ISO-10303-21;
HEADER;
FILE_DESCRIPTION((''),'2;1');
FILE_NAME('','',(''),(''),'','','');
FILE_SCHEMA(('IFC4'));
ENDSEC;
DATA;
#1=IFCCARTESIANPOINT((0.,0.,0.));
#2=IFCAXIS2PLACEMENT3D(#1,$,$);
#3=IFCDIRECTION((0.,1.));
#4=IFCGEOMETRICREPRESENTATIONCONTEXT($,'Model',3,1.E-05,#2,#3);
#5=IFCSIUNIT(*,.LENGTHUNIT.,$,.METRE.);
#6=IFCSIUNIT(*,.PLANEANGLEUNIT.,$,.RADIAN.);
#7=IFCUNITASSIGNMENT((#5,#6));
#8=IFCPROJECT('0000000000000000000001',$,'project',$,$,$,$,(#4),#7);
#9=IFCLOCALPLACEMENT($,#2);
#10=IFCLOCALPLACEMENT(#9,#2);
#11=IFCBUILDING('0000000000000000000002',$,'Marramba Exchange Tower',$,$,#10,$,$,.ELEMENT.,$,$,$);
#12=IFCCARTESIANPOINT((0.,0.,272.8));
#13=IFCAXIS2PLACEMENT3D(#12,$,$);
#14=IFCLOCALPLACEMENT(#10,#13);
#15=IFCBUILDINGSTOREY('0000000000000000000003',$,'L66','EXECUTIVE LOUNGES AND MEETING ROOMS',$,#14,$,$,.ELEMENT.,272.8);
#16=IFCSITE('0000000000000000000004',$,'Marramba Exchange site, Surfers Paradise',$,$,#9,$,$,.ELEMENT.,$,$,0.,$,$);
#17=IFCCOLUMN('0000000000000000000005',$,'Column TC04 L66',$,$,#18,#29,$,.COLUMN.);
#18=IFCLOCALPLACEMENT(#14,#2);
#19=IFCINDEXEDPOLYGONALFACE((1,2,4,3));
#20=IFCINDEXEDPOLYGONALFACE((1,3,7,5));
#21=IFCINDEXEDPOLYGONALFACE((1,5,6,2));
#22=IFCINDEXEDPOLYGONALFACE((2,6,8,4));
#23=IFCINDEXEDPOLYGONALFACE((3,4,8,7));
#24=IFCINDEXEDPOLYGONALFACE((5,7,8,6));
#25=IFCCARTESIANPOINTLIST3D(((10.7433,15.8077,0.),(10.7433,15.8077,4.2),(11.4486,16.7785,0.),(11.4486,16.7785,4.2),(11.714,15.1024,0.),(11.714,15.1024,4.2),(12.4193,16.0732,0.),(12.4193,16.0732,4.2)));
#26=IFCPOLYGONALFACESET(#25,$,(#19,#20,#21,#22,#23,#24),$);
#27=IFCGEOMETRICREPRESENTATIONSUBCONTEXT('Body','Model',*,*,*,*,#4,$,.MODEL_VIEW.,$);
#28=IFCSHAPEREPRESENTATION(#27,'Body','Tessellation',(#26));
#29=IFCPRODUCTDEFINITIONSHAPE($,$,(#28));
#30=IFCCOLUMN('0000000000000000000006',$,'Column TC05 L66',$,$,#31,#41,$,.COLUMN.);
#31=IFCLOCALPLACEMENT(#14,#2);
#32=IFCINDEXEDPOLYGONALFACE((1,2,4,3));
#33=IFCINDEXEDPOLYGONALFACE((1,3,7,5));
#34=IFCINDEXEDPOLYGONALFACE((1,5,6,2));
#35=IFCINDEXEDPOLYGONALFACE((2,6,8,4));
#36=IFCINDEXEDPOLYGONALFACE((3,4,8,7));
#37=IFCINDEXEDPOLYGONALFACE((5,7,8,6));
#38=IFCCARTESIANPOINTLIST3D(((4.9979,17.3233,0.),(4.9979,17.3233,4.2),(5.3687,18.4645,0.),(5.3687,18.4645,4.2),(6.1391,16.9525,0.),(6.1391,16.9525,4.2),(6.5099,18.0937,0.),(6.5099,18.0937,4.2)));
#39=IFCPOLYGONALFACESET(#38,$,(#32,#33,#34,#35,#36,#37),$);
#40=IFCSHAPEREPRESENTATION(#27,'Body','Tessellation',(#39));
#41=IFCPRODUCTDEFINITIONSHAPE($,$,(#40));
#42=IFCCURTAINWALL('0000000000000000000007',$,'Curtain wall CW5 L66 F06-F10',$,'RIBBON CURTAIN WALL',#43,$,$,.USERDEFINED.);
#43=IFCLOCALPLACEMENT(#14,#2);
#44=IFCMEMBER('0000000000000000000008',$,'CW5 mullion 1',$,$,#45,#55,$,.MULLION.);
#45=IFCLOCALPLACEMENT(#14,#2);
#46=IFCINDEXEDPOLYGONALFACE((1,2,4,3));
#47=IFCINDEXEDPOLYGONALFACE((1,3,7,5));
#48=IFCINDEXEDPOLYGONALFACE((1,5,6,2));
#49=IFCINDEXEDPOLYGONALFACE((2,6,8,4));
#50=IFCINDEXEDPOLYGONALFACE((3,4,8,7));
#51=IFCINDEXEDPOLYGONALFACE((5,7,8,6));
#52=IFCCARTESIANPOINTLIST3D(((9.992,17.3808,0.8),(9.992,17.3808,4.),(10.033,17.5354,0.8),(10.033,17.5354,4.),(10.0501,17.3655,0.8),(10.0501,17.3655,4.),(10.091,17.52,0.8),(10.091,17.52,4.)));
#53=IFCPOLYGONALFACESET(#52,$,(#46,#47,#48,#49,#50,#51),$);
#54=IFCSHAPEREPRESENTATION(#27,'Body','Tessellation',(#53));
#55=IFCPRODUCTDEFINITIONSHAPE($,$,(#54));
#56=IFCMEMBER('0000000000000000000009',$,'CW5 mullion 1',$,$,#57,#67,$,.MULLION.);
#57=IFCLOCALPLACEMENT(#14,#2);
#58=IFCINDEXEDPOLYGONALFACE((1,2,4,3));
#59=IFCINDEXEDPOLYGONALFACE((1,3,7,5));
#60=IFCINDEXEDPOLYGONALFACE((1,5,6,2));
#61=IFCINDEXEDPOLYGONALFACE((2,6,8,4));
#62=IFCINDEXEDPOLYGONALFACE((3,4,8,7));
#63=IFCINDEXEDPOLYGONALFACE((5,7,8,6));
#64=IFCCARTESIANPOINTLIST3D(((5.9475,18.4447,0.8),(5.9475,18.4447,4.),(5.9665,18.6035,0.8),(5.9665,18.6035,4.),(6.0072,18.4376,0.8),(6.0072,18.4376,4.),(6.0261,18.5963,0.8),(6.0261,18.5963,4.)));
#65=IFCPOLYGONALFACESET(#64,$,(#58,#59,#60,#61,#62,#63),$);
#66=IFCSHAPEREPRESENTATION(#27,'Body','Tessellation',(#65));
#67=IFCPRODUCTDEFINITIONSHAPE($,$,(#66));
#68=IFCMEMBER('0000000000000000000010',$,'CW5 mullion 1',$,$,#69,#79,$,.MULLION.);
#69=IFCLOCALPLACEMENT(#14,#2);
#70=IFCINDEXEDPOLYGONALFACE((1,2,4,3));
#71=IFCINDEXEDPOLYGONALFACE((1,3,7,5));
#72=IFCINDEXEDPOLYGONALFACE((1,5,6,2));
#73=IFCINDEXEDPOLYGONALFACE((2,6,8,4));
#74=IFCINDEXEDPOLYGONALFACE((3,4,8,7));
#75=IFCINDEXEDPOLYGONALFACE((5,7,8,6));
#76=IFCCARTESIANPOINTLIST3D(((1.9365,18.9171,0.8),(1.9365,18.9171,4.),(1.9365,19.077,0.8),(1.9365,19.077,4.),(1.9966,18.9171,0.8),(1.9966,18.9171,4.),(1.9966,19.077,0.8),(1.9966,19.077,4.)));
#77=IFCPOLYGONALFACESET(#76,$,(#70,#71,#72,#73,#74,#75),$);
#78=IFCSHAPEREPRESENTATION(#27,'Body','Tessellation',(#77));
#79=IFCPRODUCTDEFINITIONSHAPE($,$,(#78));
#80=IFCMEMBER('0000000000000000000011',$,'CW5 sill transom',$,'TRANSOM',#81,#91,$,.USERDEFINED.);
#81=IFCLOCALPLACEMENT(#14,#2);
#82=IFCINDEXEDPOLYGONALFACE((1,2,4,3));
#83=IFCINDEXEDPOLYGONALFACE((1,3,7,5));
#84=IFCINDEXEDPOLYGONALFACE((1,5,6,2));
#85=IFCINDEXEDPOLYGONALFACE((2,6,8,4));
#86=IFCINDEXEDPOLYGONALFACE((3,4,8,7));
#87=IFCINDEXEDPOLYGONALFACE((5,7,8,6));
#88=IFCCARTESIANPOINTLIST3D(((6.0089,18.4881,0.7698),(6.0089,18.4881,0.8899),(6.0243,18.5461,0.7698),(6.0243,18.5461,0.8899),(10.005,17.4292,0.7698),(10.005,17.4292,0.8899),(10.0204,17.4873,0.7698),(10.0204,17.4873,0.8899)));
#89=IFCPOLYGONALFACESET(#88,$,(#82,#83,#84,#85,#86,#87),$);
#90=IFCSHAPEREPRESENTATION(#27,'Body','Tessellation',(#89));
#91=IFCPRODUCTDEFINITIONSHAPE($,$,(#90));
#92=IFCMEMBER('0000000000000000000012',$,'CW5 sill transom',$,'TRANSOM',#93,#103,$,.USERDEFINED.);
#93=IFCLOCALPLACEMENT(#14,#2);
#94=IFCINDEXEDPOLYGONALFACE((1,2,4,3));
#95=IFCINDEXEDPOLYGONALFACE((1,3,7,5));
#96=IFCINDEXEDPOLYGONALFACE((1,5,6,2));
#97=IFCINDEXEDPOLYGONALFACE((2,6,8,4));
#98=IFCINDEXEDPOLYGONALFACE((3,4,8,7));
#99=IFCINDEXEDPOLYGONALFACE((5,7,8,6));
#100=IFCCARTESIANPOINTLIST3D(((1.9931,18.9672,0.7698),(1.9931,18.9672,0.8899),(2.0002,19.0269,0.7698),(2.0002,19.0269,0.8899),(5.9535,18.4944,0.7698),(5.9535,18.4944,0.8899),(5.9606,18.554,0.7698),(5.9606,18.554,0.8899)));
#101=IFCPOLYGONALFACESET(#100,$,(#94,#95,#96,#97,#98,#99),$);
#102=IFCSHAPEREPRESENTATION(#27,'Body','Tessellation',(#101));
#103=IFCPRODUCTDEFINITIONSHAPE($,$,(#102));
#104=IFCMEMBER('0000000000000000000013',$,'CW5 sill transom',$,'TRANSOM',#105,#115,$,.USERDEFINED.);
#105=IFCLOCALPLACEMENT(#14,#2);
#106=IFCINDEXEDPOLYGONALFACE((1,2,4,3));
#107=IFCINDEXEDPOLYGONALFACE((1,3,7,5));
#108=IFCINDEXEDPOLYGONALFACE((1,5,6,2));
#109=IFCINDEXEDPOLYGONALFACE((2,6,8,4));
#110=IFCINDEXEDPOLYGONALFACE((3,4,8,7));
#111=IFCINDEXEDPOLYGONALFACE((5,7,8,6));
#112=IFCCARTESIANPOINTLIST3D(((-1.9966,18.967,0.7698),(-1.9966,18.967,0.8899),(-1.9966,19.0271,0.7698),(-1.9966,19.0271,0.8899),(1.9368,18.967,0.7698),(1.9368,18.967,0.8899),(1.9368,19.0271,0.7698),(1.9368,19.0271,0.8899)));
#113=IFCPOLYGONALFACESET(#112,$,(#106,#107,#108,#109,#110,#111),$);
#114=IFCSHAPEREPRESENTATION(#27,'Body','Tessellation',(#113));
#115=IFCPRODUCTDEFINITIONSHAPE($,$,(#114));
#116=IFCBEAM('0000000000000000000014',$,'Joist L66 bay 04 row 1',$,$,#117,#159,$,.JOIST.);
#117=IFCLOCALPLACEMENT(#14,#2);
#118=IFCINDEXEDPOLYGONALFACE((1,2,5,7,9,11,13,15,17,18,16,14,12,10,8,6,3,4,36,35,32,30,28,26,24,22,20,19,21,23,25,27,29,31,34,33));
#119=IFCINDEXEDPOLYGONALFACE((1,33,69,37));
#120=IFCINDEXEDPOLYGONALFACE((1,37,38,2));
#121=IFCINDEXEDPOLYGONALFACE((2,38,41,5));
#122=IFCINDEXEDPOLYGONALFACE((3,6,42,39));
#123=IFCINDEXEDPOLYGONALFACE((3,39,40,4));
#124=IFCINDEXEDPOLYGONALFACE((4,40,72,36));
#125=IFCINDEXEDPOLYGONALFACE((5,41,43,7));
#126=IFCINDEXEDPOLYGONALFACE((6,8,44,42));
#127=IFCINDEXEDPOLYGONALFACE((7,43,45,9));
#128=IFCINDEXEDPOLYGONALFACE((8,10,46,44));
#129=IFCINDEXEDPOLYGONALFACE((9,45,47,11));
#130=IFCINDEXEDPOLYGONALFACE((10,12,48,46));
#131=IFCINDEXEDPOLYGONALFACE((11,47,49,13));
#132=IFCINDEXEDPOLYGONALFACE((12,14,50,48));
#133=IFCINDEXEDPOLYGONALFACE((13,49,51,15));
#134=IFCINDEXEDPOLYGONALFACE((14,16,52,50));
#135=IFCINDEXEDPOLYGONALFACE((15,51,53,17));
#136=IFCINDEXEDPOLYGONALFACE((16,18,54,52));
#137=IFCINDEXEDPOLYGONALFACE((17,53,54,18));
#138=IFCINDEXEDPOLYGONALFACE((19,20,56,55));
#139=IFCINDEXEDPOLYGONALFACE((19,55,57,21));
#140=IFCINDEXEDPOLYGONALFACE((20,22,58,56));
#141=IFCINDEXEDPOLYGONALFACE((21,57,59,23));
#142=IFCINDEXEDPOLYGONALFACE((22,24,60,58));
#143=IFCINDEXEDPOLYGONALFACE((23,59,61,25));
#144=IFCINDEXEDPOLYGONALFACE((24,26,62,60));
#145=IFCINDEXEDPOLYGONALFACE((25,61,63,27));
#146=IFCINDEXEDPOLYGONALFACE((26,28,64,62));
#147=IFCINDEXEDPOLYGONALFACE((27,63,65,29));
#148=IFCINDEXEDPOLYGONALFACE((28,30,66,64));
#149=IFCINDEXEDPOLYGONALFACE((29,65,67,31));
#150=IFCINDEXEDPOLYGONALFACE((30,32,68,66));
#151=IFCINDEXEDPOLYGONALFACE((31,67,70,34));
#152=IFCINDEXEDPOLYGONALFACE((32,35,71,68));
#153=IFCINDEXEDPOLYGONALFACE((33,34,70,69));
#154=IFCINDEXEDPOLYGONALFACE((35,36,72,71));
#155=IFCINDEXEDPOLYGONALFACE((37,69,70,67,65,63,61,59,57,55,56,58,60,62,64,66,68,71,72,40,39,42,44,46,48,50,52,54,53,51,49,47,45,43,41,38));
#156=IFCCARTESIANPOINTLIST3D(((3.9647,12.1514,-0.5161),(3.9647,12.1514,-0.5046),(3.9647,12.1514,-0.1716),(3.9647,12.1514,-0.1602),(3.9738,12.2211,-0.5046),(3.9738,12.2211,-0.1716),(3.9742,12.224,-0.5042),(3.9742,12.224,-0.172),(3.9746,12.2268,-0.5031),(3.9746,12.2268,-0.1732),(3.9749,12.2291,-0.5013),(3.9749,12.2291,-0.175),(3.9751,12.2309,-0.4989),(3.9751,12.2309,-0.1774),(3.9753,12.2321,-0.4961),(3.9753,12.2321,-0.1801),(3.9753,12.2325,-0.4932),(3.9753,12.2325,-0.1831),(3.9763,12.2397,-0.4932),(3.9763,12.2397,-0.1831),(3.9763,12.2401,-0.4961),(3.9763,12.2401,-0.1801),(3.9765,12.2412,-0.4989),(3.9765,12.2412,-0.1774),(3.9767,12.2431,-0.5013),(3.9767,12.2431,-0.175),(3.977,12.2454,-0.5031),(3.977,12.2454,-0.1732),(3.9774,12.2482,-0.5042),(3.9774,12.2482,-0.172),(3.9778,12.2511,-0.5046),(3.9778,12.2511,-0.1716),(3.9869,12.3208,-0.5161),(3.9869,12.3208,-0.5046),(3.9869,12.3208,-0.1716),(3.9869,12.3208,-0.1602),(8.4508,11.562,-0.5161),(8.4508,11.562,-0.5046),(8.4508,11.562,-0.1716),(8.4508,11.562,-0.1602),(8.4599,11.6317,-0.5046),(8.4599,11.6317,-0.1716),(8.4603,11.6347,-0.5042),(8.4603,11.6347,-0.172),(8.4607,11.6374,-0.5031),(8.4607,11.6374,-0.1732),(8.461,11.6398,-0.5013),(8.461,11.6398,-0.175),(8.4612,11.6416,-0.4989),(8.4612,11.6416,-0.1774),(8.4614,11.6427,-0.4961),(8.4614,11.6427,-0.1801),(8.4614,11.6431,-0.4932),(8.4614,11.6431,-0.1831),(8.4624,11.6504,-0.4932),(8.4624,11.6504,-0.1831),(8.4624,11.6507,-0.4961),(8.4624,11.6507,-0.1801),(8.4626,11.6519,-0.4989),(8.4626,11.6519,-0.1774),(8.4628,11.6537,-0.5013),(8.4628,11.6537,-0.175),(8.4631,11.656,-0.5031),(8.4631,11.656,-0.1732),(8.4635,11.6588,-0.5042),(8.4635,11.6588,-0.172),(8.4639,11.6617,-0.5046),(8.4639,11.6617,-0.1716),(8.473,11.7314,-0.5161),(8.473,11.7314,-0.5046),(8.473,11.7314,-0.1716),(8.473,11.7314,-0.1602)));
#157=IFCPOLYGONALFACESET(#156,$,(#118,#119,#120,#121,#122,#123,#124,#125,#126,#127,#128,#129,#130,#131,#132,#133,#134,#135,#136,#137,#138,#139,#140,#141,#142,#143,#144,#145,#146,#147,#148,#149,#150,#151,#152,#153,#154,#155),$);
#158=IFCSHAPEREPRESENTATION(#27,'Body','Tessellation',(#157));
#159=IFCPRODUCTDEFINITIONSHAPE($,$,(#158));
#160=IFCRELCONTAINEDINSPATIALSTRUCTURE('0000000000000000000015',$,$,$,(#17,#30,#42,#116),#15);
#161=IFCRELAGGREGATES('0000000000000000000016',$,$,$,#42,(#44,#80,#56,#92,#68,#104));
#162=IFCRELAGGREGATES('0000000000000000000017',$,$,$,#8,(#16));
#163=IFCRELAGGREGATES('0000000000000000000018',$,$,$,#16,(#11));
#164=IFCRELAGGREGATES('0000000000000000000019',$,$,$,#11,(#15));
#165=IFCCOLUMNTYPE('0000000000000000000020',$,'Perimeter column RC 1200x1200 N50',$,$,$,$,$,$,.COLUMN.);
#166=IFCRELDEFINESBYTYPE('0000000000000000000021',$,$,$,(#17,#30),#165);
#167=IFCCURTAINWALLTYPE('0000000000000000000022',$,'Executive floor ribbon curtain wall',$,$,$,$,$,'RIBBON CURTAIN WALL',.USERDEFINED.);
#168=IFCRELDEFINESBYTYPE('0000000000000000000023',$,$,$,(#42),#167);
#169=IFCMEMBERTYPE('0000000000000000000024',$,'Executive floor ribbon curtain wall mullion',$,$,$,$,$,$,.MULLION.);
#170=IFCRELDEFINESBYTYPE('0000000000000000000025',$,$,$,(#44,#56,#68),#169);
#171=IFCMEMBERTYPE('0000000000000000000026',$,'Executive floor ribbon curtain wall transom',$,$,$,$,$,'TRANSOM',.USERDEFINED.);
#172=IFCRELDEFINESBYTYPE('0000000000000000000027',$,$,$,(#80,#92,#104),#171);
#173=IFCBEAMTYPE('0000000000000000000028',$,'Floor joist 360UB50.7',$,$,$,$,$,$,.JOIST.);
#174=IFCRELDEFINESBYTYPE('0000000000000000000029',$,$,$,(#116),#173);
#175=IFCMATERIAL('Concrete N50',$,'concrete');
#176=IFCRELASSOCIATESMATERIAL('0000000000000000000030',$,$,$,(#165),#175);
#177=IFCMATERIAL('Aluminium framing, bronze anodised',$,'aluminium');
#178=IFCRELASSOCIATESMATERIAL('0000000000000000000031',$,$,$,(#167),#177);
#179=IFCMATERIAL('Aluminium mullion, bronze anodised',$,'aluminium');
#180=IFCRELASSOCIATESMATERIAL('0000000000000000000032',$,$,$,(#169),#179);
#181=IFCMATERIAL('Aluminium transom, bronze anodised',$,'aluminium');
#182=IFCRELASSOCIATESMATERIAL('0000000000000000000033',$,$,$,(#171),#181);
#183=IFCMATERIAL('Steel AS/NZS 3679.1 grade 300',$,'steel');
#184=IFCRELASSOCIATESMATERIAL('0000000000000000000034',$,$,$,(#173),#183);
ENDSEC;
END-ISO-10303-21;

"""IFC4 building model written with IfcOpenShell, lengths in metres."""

from ifc_helpers import new_model, si_unit, direction, frame, origin, origin_2d, place, context, subcontext, project, spatial, rectangle, i_section, extrude, material, material_profile, profile_set, type_object, element, aggregate, save


model = new_model("IFC4")

# Units and contexts
model_context = context("Model", 3, precision=1e-05, world=origin(), true_north=direction((0.0, 1.0)))
body_context = subcontext(model_context, "Body", "Model", "MODEL_VIEW")
ifc_project = project(units=[si_unit("LENGTHUNIT", "METRE"), si_unit("PLANEANGLEUNIT", "RADIAN")], contexts=[model_context])

# Site, building, storey
site_placement = place(None, origin())
site = spatial("IfcSite", under=ifc_project, at=site_placement, Name="Marramba Exchange site, Surfers Paradise", CompositionType="ELEMENT", RefElevation=0.0)
building_placement = place(site_placement, origin())
building = spatial("IfcBuilding", under=site, at=building_placement, Name="Marramba Exchange Tower", CompositionType="ELEMENT")
storey_placement = place(building_placement, frame((0.0, 0.0, 272.8)))
storey = spatial("IfcBuildingStorey", under=building, at=storey_placement, Name="L66", Description="EXECUTIVE LOUNGES AND MEETING ROOMS", CompositionType="ELEMENT", Elevation=272.8)

# Columns
ifc_material_1 = material(Name="Concrete N50", Category="concrete")
ifc_material_profile_1 = material_profile(ifc_material_1, rectangle(XDim=1.2, YDim=1.2, at=origin_2d()), Name="RC 1200x1200")
ifc_profile_set_1 = profile_set([ifc_material_profile_1], Name="Concrete N50")
column_type = type_object("IfcColumnType", Name="Perimeter column RC 1200x1200 N50", PredefinedType="COLUMN", material=ifc_profile_set_1)
for number, where, z_axis, x_axis, name in (
    (1, (11.5813, 15.9404, 0.0), (0.0, 0.0, 1.0), (0.587785, 0.809017, 0.0), "Column TC04 L66"),
    (2, (5.7539, 17.7085, 0.0), (0.0, 0.0, 1.0), (0.309017, 0.951057, 0.0), "Column TC05 L66"),
):
    element("IfcColumn", number, at=place(storey_placement, frame(where, z_axis=z_axis, x_axis=x_axis)), inside=storey, type_object=column_type, Name=name, PredefinedType="COLUMN", context=body_context, shape_type="SweptSolid", body=[
        extrude(rectangle(XDim=1.2, YDim=1.2, at=origin_2d()), origin(), (0.0, 0.0, 1.0), 4.2),
    ])

# Curtain wall, members
ifc_material_2 = material(Name="Aluminium framing, bronze anodised", Category="aluminium")
curtain_wall_type = type_object("IfcCurtainWallType", Name="Executive floor ribbon curtain wall", ElementType="RIBBON CURTAIN WALL", PredefinedType="USERDEFINED", material=ifc_material_2)
curtain_wall_1_placement = place(storey_placement, origin())
curtain_wall_1 = element("IfcCurtainWall", 3, at=curtain_wall_1_placement, inside=storey, type_object=curtain_wall_type, Name="Curtain wall CW5 L66 F06-F10", ObjectType="RIBBON CURTAIN WALL", PredefinedType="USERDEFINED")
ifc_material_3 = material(Name="Aluminium mullion, bronze anodised", Category="aluminium")
ifc_material_profile_2 = material_profile(ifc_material_3, rectangle(XDim=0.1599, YDim=0.0601, at=origin_2d()), Name="CW5 mullion 60x160")
ifc_profile_set_2 = profile_set([ifc_material_profile_2], Name="Aluminium mullion, bronze anodised")
member_type_1 = type_object("IfcMemberType", Name="Executive floor ribbon curtain wall mullion", PredefinedType="MULLION", material=ifc_profile_set_2)
member_1_placement = place(storey_placement, frame((10.0415, 17.4504, 0.8), z_axis=(0.0, 0.0, 1.0), x_axis=(-0.256126, -0.966644, 0.0)))
member_1 = element("IfcMember", 4, at=member_1_placement, type_object=member_type_1, Name="CW5 mullion 1", PredefinedType="MULLION", context=body_context, shape_type="SweptSolid", body=[
    extrude(rectangle(XDim=0.1599, YDim=0.0601, at=origin_2d()), origin(), (0.0, 0.0, 1.0), 3.2),
])
member_2_placement = place(storey_placement, frame((5.9868, 18.5205, 0.8), z_axis=(0.0, 0.0, 1.0), x_axis=(-0.118557, -0.992947, 0.0)))
member_2 = element("IfcMember", 5, at=member_2_placement, type_object=member_type_1, Name="CW5 mullion 1", PredefinedType="MULLION", context=body_context, shape_type="SweptSolid", body=[
    extrude(rectangle(XDim=0.1599, YDim=0.0601, at=origin_2d()), origin(), (0.0, 0.0, 1.0), 3.2),
])
member_3_placement = place(storey_placement, frame((1.9666, 18.9971, 0.8), z_axis=(0.0, 0.0, 1.0), x_axis=(0.0, -1.0, 0.0)))
member_3 = element("IfcMember", 6, at=member_3_placement, type_object=member_type_1, Name="CW5 mullion 1", PredefinedType="MULLION", context=body_context, shape_type="SweptSolid", body=[
    extrude(rectangle(XDim=0.1599, YDim=0.0601, at=origin_2d()), origin(), (0.0, 0.0, 1.0), 3.2),
])
ifc_material_4 = material(Name="Aluminium transom, bronze anodised", Category="aluminium")
ifc_material_profile_3 = material_profile(ifc_material_4, rectangle(XDim=0.0601, YDim=0.1201, at=origin_2d()), Name="CW5 transom 60x120")
ifc_profile_set_3 = profile_set([ifc_material_profile_3], Name="Aluminium transom, bronze anodised")
member_type_2 = type_object("IfcMemberType", Name="Executive floor ribbon curtain wall transom", ElementType="TRANSOM", PredefinedType="USERDEFINED", material=ifc_profile_set_3)
member_4_placement = place(storey_placement, frame((10.0127, 17.4583, 0.8298), z_axis=(-0.966642, 0.25613, 0.0), x_axis=(-0.25613, -0.966642, 0.0)))
member_4 = element("IfcMember", 7, at=member_4_placement, type_object=member_type_2, Name="CW5 sill transom", ObjectType="TRANSOM", PredefinedType="USERDEFINED", context=body_context, shape_type="SweptSolid", body=[
    extrude(rectangle(XDim=0.0601, YDim=0.1201, at=origin_2d()), origin(), (0.0, 0.0, 1.0), 4.134),
])
member_5_placement = place(storey_placement, frame((5.957, 18.5242, 0.8298), z_axis=(-0.992946, 0.118564, 0.0), x_axis=(-0.118564, -0.992946, 0.0)))
member_5 = element("IfcMember", 8, at=member_5_placement, type_object=member_type_2, Name="CW5 sill transom", ObjectType="TRANSOM", PredefinedType="USERDEFINED", context=body_context, shape_type="SweptSolid", body=[
    extrude(rectangle(XDim=0.0601, YDim=0.1201, at=origin_2d()), origin(), (0.0, 0.0, 1.0), 3.9885),
])
member_6_placement = place(storey_placement, frame((1.9368, 18.9971, 0.8298), z_axis=(-1.0, 0.0, 0.0), x_axis=(0.0, -1.0, 0.0)))
member_6 = element("IfcMember", 9, at=member_6_placement, type_object=member_type_2, Name="CW5 sill transom", ObjectType="TRANSOM", PredefinedType="USERDEFINED", context=body_context, shape_type="SweptSolid", body=[
    extrude(rectangle(XDim=0.0601, YDim=0.1201, at=origin_2d()), origin(), (0.0, 0.0, 1.0), 3.9333),
])

# Beam
ifc_material_5 = material(Name="Steel AS/NZS 3679.1 grade 300", Category="steel")
ifc_material_profile_4 = material_profile(ifc_material_5, i_section(OverallWidth=0.1709, OverallDepth=0.356, WebThickness=0.0073, FlangeThickness=0.0115, FilletRadius=0.0115, at=origin_2d()), Name="360UB50.7")
ifc_profile_set_4 = profile_set([ifc_material_profile_4], Name="Steel AS/NZS 3679.1 grade 300")
beam_type_1 = type_object("IfcBeamType", Name="Floor joist 360UB50.7", PredefinedType="JOIST", material=ifc_profile_set_4)
beam_1_placement = place(storey_placement, frame((8.4619, 11.6467, -0.3381), z_axis=(-0.991481, 0.130255, 0.0), x_axis=(-0.130255, -0.991481, 0.0)))
element("IfcBeam", 10, at=beam_1_placement, inside=storey, type_object=beam_type_1, Name="Joist L66 bay 04 row 1", PredefinedType="JOIST", context=body_context, shape_type="SweptSolid", body=[
    extrude(i_section(OverallWidth=0.1709, OverallDepth=0.356, WebThickness=0.0073, FlangeThickness=0.0115, FilletRadius=0.0115, at=origin_2d()), origin(), (0.0, 0.0, 1.0), 4.5247),
])

aggregate(curtain_wall_1, [member_1, member_4, member_2, member_5, member_3, member_6])

save(model, "model.ifc")
